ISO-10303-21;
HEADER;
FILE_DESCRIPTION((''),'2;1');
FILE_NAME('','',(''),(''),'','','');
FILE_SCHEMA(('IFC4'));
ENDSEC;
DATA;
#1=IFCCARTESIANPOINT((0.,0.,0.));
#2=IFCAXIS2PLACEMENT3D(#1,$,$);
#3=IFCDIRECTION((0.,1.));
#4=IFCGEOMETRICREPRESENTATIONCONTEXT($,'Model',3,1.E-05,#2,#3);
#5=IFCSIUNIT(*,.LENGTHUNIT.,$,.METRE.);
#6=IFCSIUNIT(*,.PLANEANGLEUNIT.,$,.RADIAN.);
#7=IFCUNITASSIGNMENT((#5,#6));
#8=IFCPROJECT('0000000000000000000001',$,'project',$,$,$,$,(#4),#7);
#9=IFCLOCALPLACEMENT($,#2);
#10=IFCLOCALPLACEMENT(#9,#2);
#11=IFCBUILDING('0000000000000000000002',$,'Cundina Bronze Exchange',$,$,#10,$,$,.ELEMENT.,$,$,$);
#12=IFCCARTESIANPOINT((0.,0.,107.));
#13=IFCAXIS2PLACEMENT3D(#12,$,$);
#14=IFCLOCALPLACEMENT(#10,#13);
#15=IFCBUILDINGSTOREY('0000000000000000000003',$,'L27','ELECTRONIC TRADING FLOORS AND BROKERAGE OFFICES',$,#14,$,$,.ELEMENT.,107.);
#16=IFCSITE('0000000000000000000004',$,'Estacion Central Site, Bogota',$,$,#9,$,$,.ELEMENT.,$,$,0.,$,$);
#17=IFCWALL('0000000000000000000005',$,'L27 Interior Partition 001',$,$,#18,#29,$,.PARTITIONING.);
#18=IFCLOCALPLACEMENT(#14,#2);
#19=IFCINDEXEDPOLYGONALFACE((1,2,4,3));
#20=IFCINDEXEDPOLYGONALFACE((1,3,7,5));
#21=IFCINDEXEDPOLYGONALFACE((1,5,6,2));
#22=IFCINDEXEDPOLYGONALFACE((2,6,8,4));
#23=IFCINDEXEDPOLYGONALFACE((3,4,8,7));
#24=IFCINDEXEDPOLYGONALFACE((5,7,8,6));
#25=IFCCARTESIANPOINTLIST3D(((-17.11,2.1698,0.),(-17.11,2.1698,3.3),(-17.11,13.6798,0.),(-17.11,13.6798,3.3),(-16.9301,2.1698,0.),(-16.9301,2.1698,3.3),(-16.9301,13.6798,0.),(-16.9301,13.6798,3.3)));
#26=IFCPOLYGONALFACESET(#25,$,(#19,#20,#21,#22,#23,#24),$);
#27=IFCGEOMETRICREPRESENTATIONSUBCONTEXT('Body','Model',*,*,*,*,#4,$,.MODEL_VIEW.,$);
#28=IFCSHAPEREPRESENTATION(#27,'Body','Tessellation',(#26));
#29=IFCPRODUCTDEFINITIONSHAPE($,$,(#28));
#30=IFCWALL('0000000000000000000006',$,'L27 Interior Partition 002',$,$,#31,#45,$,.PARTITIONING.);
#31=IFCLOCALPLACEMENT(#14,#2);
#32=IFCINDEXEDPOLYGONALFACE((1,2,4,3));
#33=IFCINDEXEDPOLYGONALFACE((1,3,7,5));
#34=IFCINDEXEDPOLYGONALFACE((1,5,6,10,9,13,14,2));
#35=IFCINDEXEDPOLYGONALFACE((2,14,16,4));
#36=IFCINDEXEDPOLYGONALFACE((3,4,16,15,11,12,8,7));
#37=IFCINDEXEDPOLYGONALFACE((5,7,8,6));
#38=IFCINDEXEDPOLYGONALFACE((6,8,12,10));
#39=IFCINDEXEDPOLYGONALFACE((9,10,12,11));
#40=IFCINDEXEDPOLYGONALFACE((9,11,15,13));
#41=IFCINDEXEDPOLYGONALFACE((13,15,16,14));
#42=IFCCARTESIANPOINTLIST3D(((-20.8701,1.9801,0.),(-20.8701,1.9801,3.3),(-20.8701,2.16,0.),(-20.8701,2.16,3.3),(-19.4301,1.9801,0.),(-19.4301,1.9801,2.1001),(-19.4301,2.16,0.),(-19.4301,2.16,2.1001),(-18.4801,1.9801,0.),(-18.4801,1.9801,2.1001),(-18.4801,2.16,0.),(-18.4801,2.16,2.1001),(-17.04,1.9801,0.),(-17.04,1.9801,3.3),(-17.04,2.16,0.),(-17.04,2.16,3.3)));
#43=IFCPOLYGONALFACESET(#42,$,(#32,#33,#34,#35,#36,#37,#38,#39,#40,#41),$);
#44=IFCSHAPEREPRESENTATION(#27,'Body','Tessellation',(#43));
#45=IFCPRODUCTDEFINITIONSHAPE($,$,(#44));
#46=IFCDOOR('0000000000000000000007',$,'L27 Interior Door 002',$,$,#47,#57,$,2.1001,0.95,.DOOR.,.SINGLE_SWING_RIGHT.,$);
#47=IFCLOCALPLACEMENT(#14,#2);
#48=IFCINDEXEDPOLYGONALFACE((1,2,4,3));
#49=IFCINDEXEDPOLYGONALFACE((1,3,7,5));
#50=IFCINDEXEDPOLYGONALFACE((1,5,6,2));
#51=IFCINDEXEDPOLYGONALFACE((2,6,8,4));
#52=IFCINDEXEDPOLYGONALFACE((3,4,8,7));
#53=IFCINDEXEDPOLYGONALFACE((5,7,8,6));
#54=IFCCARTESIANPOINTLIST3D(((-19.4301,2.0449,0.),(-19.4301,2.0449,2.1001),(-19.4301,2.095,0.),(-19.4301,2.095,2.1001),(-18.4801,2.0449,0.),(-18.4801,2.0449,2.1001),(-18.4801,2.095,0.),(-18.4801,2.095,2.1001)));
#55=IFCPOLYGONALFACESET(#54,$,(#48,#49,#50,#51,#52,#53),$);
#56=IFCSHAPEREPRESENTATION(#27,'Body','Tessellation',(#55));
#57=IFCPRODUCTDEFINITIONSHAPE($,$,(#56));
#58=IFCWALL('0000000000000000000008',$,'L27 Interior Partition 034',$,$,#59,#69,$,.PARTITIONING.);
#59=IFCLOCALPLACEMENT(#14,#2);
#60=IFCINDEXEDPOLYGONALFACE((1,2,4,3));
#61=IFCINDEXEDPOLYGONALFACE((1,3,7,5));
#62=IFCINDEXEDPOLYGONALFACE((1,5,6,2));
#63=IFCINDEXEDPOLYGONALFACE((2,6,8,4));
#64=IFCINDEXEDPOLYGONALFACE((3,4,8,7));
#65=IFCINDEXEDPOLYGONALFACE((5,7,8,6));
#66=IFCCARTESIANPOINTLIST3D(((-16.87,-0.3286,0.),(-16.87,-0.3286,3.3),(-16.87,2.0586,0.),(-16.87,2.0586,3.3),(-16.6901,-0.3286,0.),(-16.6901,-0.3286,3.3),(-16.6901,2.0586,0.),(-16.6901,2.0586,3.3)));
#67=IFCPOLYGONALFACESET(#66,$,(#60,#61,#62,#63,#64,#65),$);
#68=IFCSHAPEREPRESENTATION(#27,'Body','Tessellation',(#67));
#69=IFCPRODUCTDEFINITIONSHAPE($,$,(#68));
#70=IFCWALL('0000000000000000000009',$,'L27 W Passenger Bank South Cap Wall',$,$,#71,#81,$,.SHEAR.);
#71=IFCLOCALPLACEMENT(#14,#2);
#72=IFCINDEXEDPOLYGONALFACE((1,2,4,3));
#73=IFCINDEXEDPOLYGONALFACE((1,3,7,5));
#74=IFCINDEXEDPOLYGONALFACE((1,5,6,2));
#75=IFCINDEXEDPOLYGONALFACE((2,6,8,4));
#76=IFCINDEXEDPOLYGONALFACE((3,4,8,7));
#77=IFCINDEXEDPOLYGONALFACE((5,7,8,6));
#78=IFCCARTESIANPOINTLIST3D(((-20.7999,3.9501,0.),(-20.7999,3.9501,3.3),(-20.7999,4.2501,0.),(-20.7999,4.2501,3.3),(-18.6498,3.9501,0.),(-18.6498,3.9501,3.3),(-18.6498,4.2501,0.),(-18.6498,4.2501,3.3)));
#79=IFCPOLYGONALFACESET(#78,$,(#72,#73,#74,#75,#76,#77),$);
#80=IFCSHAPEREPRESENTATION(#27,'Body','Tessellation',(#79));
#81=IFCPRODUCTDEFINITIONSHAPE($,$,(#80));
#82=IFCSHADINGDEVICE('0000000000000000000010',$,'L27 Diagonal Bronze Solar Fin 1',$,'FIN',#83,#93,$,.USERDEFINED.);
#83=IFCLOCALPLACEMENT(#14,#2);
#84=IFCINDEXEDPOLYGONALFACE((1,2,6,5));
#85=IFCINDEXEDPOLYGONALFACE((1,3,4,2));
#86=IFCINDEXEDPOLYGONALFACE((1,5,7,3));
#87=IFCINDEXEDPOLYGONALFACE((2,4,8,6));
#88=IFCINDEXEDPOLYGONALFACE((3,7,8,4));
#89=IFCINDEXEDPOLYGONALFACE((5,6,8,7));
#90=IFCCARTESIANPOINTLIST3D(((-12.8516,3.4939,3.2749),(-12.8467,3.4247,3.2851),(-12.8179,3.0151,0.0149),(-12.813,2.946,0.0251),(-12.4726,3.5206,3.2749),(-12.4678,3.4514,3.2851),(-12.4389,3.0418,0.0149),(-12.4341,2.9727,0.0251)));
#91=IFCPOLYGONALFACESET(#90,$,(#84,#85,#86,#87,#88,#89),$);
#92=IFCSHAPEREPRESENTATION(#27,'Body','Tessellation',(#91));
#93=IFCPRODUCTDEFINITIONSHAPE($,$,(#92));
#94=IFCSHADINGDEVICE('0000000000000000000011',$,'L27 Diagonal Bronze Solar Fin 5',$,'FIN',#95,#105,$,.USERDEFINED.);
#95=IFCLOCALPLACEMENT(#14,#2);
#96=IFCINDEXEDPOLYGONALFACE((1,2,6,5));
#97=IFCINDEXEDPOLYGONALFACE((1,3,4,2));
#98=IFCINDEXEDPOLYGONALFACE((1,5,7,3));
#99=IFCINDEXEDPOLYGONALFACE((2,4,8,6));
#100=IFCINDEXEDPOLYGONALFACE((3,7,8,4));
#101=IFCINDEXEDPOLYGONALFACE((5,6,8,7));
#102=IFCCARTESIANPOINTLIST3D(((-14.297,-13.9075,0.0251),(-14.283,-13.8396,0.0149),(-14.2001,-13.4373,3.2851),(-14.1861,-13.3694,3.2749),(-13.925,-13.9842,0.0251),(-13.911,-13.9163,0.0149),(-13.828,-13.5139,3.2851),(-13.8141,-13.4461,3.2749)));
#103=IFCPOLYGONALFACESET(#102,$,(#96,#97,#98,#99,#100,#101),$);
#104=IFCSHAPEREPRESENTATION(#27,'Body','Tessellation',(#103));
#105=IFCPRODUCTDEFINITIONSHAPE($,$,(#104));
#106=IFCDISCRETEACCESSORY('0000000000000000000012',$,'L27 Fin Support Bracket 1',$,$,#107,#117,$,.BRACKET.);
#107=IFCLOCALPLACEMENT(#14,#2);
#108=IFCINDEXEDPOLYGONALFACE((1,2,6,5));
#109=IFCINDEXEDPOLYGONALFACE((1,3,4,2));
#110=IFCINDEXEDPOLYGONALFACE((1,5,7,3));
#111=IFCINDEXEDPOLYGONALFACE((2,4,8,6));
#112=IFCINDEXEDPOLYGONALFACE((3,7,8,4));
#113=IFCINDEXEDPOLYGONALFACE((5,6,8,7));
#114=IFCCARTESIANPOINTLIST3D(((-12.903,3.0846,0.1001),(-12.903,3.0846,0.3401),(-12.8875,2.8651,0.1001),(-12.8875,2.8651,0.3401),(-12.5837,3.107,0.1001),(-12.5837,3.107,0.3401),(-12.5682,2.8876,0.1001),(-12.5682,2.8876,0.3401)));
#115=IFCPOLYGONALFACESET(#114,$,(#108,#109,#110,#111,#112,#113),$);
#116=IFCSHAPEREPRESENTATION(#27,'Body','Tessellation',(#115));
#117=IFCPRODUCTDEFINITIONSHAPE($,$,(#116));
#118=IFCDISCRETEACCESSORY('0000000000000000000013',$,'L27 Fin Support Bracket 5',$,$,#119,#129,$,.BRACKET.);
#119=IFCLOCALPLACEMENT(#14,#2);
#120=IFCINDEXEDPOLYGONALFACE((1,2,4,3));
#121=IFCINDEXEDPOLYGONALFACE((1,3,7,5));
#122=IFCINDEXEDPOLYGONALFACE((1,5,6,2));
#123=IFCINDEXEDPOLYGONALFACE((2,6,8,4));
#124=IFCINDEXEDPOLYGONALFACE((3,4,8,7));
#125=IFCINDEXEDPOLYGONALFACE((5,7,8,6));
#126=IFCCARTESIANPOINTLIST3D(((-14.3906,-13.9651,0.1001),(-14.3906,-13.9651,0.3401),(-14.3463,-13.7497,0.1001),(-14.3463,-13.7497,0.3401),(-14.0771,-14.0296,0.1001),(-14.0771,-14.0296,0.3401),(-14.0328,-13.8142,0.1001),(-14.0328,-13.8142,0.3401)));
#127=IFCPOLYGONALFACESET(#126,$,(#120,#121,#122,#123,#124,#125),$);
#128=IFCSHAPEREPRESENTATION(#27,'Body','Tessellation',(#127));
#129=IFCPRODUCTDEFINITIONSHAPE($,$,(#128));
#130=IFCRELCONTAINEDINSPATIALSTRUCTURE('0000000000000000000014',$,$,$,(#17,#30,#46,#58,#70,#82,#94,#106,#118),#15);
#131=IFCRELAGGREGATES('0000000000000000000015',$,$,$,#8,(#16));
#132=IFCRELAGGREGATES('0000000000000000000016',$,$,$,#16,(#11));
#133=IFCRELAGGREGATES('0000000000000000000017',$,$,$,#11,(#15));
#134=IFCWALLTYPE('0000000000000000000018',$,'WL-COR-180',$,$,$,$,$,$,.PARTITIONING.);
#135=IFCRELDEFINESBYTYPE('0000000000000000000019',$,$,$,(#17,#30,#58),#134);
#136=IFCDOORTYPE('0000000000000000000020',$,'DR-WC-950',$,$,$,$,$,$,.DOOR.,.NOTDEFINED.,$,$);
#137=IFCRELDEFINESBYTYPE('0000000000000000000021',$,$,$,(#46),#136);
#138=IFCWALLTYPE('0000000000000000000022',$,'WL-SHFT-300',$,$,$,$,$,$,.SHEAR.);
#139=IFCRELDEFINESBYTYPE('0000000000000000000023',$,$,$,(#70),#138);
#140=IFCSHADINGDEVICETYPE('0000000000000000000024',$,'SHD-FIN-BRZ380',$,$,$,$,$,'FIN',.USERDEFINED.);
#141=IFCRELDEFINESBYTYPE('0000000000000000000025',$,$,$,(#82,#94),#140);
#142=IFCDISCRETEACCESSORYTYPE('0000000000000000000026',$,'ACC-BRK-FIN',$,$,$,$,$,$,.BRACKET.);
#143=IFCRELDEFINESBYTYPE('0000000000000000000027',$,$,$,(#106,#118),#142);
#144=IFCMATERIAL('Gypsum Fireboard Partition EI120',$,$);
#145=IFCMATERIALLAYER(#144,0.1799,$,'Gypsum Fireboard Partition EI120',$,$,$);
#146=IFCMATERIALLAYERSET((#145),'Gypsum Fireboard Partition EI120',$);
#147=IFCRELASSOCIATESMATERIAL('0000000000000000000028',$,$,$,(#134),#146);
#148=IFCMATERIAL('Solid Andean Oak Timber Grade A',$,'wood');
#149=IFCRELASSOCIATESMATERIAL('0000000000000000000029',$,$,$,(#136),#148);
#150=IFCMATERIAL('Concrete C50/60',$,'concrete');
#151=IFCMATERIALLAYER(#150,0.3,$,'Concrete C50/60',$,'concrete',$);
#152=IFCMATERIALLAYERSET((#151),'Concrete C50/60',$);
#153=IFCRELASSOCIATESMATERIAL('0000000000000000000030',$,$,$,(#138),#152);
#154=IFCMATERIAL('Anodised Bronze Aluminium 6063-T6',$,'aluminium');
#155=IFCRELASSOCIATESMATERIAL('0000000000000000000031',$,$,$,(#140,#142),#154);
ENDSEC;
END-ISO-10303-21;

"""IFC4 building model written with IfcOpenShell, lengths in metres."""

from ifc_helpers import new_model, si_unit, direction, frame, frame_2d, origin, origin_2d, place, context, subcontext, project, spatial, rectangle, extrude, material, layer, layer_set, material_profile, profile_set, type_object, element, fill, save


model = new_model("IFC4")

# Units and contexts
model_context = context("Model", 3, precision=1e-05, world=origin(), true_north=direction((0.0, 1.0)))
body_context = subcontext(model_context, "Body", "Model", "MODEL_VIEW")
ifc_project = project(units=[si_unit("LENGTHUNIT", "METRE"), si_unit("PLANEANGLEUNIT", "RADIAN")], contexts=[model_context])

# Site, building, storey
site_placement = place(None, origin())
site = spatial("IfcSite", under=ifc_project, at=site_placement, Name="Estacion Central Site, Bogota", CompositionType="ELEMENT", RefElevation=0.0)
building_placement = place(site_placement, origin())
building = spatial("IfcBuilding", under=site, at=building_placement, Name="Cundina Bronze Exchange", CompositionType="ELEMENT")
storey_placement = place(building_placement, frame((0.0, 0.0, 107.0)))
storey = spatial("IfcBuildingStorey", under=building, at=storey_placement, Name="L27", Description="ELECTRONIC TRADING FLOORS AND BROKERAGE OFFICES", CompositionType="ELEMENT", Elevation=107.0)

# Shared definitions
ifc_material_1 = material(Name="Anodised Bronze Aluminium 6063-T6", Category="aluminium")

# Shared definitions
ifc_material_2 = material(Name="Concrete C50/60", Category="concrete")

# Wall
ifc_material_3 = material(Name="Gypsum Fireboard Partition EI120")
ifc_layer_1 = layer(ifc_material_3, 0.1799, Name="Gypsum Fireboard Partition EI120")
ifc_layer_set_1 = layer_set([ifc_layer_1], Name="Gypsum Fireboard Partition EI120")
wall_type_1 = type_object("IfcWallType", Name="WL-COR-180", PredefinedType="PARTITIONING", material=ifc_layer_set_1)
wall_1_placement = place(storey_placement, frame((-17.02, 2.1699, 0.0), z_axis=(0.0, 0.0, 1.0), x_axis=(0.0, 1.0, 0.0)))
element("IfcWall", 1, at=wall_1_placement, inside=storey, type_object=wall_type_1, Name="L27 Interior Partition 001", PredefinedType="PARTITIONING", context=body_context, shape_type="SweptSolid", body=[
    extrude(rectangle(XDim=11.51, YDim=0.1799, at=frame_2d((5.7549, 0.0))), origin(), (0.0, 0.0, 1.0), 3.3),
])

# Wall, opening, door
wall_2_placement = place(storey_placement, frame((-20.8701, 2.0701, 0.0), z_axis=(0.0, 0.0, 1.0), x_axis=(1.0, 0.0, 0.0)))
wall_2 = element("IfcWall", 2, at=wall_2_placement, inside=storey, type_object=wall_type_1, Name="L27 Interior Partition 002", PredefinedType="PARTITIONING", context=body_context, shape_type="SweptSolid", body=[
    extrude(rectangle(XDim=3.8301, YDim=0.1799, at=frame_2d((1.915, 0.0))), origin(), (0.0, 0.0, 1.0), 3.3),
])
opening_placement = place(wall_2_placement, frame((1.4399, 0.0, 0.0)))
opening = element("IfcOpeningElement", 3, at=opening_placement, cuts=wall_2, PredefinedType="OPENING", context=body_context, shape_type="SweptSolid", body=[
    extrude(rectangle(XDim=0.95, YDim=2.1001, at=frame_2d((0.4751, 1.05))), frame((0.0, 0.0999, 0.0), z_axis=(0.0, -1.0, 0.0), x_axis=(1.0, 0.0, 0.0)), (0.0, 0.0, 1.0), 0.2),
])
ifc_material_4 = material(Name="Solid Andean Oak Timber Grade A", Category="wood")
door_type = type_object("IfcDoorType", Name="DR-WC-950", OperationType="NOTDEFINED", PredefinedType="DOOR", material=ifc_material_4)
door_placement = place(opening_placement, origin())
door = element("IfcDoor", 4, at=door_placement, inside=storey, type_object=door_type, Name="L27 Interior Door 002", OperationType="SINGLE_SWING_RIGHT", OverallHeight=2.1001, OverallWidth=0.95, PredefinedType="DOOR", context=body_context, shape_type="SweptSolid", body=[
    extrude(rectangle(XDim=0.95, YDim=2.1001, at=frame_2d((0.4751, 1.05))), frame((0.0, 0.0249, 0.0), z_axis=(0.0, -1.0, 0.0), x_axis=(1.0, 0.0, 0.0)), (0.0, 0.0, 1.0), 0.05),
])
fill(opening, door)

# Walls
wall_3_placement = place(storey_placement, frame((-16.78, -0.3286, 0.0), z_axis=(0.0, 0.0, 1.0), x_axis=(0.0, 1.0, 0.0)))
element("IfcWall", 5, at=wall_3_placement, inside=storey, type_object=wall_type_1, Name="L27 Interior Partition 034", PredefinedType="PARTITIONING", context=body_context, shape_type="SweptSolid", body=[
    extrude(rectangle(XDim=2.3872, YDim=0.1799, at=frame_2d((1.1936, 0.0))), origin(), (0.0, 0.0, 1.0), 3.3),
])
ifc_layer_2 = layer(ifc_material_2, 0.3, Name="Concrete C50/60", Category="concrete")
ifc_layer_set_2 = layer_set([ifc_layer_2], Name="Concrete C50/60")
wall_type_2 = type_object("IfcWallType", Name="WL-SHFT-300", PredefinedType="SHEAR", material=ifc_layer_set_2)
wall_4_placement = place(storey_placement, frame((-20.8, 4.1001, 0.0), z_axis=(0.0, 0.0, 1.0), x_axis=(1.0, 0.0, 0.0)))
element("IfcWall", 6, at=wall_4_placement, inside=storey, type_object=wall_type_2, Name="L27 W Passenger Bank South Cap Wall", PredefinedType="SHEAR", context=body_context, shape_type="SweptSolid", body=[
    extrude(rectangle(XDim=2.1501, YDim=0.3, at=frame_2d((1.0752, 0.0))), origin(), (0.0, 0.0, 1.0), 3.3),
])

# Shading devices
ifc_material_profile_1 = material_profile(ifc_material_1, rectangle(XDim=0.0701, YDim=0.3799, at=origin_2d()), Name="FIN70X380", Category="aluminium")
ifc_profile_set_1 = profile_set([ifc_material_profile_1], Name="Anodised Bronze Aluminium 6063-T6")
shading_device_type = type_object("IfcShadingDeviceType", Name="SHD-FIN-BRZ380", ElementType="FIN", PredefinedType="USERDEFINED", material=ifc_profile_set_1)
for number, where, z_axis, x_axis, name in (
    (7, (-12.626, 2.9939, 0.02), (-0.010225, 0.145292, 0.989336), (0.06945, -0.986895, 0.145652), "L27 Diagonal Bronze Solar Fin 1"),
    (8, (-14.104, -13.9119, 0.02), (0.029414, 0.142698, 0.989329), (-0.199728, -0.968959, 0.145698), "L27 Diagonal Bronze Solar Fin 5"),
):
    element("IfcShadingDevice", number, at=place(storey_placement, frame(where, z_axis=z_axis, x_axis=x_axis)), inside=storey, type_object=shading_device_type, Name=name, ObjectType="FIN", PredefinedType="USERDEFINED", context=body_context, shape_type="SweptSolid", body=[
        extrude(rectangle(XDim=0.0701, YDim=0.3799, at=origin_2d()), origin(), (0.0, 0.0, 1.0), 3.2952),
    ])

# Discrete accessories
discrete_accessory_type = type_object("IfcDiscreteAccessoryType", Name="ACC-BRK-FIN", PredefinedType="BRACKET", material=ifc_material_1)
for number, where, z_axis, x_axis, name in (
    (9, (-12.7356, 2.9861, 0.1001), (0.0, 0.0, 1.0), (-0.070279, 0.997527, 0.0), "L27 Fin Support Bracket 1"),
    (10, (-14.2117, -13.8896, 0.1001), (0.0, 0.0, 1.0), (0.20142, 0.979505, 0.0), "L27 Fin Support Bracket 5"),
):
    element("IfcDiscreteAccessory", number, at=place(storey_placement, frame(where, z_axis=z_axis, x_axis=x_axis)), inside=storey, type_object=discrete_accessory_type, Name=name, PredefinedType="BRACKET", context=body_context, shape_type="SweptSolid", body=[
        extrude(rectangle(XDim=0.22, YDim=0.3201, at=origin_2d()), origin(), (0.0, 0.0, 1.0), 0.24),
    ])

save(model, "model.ifc")
